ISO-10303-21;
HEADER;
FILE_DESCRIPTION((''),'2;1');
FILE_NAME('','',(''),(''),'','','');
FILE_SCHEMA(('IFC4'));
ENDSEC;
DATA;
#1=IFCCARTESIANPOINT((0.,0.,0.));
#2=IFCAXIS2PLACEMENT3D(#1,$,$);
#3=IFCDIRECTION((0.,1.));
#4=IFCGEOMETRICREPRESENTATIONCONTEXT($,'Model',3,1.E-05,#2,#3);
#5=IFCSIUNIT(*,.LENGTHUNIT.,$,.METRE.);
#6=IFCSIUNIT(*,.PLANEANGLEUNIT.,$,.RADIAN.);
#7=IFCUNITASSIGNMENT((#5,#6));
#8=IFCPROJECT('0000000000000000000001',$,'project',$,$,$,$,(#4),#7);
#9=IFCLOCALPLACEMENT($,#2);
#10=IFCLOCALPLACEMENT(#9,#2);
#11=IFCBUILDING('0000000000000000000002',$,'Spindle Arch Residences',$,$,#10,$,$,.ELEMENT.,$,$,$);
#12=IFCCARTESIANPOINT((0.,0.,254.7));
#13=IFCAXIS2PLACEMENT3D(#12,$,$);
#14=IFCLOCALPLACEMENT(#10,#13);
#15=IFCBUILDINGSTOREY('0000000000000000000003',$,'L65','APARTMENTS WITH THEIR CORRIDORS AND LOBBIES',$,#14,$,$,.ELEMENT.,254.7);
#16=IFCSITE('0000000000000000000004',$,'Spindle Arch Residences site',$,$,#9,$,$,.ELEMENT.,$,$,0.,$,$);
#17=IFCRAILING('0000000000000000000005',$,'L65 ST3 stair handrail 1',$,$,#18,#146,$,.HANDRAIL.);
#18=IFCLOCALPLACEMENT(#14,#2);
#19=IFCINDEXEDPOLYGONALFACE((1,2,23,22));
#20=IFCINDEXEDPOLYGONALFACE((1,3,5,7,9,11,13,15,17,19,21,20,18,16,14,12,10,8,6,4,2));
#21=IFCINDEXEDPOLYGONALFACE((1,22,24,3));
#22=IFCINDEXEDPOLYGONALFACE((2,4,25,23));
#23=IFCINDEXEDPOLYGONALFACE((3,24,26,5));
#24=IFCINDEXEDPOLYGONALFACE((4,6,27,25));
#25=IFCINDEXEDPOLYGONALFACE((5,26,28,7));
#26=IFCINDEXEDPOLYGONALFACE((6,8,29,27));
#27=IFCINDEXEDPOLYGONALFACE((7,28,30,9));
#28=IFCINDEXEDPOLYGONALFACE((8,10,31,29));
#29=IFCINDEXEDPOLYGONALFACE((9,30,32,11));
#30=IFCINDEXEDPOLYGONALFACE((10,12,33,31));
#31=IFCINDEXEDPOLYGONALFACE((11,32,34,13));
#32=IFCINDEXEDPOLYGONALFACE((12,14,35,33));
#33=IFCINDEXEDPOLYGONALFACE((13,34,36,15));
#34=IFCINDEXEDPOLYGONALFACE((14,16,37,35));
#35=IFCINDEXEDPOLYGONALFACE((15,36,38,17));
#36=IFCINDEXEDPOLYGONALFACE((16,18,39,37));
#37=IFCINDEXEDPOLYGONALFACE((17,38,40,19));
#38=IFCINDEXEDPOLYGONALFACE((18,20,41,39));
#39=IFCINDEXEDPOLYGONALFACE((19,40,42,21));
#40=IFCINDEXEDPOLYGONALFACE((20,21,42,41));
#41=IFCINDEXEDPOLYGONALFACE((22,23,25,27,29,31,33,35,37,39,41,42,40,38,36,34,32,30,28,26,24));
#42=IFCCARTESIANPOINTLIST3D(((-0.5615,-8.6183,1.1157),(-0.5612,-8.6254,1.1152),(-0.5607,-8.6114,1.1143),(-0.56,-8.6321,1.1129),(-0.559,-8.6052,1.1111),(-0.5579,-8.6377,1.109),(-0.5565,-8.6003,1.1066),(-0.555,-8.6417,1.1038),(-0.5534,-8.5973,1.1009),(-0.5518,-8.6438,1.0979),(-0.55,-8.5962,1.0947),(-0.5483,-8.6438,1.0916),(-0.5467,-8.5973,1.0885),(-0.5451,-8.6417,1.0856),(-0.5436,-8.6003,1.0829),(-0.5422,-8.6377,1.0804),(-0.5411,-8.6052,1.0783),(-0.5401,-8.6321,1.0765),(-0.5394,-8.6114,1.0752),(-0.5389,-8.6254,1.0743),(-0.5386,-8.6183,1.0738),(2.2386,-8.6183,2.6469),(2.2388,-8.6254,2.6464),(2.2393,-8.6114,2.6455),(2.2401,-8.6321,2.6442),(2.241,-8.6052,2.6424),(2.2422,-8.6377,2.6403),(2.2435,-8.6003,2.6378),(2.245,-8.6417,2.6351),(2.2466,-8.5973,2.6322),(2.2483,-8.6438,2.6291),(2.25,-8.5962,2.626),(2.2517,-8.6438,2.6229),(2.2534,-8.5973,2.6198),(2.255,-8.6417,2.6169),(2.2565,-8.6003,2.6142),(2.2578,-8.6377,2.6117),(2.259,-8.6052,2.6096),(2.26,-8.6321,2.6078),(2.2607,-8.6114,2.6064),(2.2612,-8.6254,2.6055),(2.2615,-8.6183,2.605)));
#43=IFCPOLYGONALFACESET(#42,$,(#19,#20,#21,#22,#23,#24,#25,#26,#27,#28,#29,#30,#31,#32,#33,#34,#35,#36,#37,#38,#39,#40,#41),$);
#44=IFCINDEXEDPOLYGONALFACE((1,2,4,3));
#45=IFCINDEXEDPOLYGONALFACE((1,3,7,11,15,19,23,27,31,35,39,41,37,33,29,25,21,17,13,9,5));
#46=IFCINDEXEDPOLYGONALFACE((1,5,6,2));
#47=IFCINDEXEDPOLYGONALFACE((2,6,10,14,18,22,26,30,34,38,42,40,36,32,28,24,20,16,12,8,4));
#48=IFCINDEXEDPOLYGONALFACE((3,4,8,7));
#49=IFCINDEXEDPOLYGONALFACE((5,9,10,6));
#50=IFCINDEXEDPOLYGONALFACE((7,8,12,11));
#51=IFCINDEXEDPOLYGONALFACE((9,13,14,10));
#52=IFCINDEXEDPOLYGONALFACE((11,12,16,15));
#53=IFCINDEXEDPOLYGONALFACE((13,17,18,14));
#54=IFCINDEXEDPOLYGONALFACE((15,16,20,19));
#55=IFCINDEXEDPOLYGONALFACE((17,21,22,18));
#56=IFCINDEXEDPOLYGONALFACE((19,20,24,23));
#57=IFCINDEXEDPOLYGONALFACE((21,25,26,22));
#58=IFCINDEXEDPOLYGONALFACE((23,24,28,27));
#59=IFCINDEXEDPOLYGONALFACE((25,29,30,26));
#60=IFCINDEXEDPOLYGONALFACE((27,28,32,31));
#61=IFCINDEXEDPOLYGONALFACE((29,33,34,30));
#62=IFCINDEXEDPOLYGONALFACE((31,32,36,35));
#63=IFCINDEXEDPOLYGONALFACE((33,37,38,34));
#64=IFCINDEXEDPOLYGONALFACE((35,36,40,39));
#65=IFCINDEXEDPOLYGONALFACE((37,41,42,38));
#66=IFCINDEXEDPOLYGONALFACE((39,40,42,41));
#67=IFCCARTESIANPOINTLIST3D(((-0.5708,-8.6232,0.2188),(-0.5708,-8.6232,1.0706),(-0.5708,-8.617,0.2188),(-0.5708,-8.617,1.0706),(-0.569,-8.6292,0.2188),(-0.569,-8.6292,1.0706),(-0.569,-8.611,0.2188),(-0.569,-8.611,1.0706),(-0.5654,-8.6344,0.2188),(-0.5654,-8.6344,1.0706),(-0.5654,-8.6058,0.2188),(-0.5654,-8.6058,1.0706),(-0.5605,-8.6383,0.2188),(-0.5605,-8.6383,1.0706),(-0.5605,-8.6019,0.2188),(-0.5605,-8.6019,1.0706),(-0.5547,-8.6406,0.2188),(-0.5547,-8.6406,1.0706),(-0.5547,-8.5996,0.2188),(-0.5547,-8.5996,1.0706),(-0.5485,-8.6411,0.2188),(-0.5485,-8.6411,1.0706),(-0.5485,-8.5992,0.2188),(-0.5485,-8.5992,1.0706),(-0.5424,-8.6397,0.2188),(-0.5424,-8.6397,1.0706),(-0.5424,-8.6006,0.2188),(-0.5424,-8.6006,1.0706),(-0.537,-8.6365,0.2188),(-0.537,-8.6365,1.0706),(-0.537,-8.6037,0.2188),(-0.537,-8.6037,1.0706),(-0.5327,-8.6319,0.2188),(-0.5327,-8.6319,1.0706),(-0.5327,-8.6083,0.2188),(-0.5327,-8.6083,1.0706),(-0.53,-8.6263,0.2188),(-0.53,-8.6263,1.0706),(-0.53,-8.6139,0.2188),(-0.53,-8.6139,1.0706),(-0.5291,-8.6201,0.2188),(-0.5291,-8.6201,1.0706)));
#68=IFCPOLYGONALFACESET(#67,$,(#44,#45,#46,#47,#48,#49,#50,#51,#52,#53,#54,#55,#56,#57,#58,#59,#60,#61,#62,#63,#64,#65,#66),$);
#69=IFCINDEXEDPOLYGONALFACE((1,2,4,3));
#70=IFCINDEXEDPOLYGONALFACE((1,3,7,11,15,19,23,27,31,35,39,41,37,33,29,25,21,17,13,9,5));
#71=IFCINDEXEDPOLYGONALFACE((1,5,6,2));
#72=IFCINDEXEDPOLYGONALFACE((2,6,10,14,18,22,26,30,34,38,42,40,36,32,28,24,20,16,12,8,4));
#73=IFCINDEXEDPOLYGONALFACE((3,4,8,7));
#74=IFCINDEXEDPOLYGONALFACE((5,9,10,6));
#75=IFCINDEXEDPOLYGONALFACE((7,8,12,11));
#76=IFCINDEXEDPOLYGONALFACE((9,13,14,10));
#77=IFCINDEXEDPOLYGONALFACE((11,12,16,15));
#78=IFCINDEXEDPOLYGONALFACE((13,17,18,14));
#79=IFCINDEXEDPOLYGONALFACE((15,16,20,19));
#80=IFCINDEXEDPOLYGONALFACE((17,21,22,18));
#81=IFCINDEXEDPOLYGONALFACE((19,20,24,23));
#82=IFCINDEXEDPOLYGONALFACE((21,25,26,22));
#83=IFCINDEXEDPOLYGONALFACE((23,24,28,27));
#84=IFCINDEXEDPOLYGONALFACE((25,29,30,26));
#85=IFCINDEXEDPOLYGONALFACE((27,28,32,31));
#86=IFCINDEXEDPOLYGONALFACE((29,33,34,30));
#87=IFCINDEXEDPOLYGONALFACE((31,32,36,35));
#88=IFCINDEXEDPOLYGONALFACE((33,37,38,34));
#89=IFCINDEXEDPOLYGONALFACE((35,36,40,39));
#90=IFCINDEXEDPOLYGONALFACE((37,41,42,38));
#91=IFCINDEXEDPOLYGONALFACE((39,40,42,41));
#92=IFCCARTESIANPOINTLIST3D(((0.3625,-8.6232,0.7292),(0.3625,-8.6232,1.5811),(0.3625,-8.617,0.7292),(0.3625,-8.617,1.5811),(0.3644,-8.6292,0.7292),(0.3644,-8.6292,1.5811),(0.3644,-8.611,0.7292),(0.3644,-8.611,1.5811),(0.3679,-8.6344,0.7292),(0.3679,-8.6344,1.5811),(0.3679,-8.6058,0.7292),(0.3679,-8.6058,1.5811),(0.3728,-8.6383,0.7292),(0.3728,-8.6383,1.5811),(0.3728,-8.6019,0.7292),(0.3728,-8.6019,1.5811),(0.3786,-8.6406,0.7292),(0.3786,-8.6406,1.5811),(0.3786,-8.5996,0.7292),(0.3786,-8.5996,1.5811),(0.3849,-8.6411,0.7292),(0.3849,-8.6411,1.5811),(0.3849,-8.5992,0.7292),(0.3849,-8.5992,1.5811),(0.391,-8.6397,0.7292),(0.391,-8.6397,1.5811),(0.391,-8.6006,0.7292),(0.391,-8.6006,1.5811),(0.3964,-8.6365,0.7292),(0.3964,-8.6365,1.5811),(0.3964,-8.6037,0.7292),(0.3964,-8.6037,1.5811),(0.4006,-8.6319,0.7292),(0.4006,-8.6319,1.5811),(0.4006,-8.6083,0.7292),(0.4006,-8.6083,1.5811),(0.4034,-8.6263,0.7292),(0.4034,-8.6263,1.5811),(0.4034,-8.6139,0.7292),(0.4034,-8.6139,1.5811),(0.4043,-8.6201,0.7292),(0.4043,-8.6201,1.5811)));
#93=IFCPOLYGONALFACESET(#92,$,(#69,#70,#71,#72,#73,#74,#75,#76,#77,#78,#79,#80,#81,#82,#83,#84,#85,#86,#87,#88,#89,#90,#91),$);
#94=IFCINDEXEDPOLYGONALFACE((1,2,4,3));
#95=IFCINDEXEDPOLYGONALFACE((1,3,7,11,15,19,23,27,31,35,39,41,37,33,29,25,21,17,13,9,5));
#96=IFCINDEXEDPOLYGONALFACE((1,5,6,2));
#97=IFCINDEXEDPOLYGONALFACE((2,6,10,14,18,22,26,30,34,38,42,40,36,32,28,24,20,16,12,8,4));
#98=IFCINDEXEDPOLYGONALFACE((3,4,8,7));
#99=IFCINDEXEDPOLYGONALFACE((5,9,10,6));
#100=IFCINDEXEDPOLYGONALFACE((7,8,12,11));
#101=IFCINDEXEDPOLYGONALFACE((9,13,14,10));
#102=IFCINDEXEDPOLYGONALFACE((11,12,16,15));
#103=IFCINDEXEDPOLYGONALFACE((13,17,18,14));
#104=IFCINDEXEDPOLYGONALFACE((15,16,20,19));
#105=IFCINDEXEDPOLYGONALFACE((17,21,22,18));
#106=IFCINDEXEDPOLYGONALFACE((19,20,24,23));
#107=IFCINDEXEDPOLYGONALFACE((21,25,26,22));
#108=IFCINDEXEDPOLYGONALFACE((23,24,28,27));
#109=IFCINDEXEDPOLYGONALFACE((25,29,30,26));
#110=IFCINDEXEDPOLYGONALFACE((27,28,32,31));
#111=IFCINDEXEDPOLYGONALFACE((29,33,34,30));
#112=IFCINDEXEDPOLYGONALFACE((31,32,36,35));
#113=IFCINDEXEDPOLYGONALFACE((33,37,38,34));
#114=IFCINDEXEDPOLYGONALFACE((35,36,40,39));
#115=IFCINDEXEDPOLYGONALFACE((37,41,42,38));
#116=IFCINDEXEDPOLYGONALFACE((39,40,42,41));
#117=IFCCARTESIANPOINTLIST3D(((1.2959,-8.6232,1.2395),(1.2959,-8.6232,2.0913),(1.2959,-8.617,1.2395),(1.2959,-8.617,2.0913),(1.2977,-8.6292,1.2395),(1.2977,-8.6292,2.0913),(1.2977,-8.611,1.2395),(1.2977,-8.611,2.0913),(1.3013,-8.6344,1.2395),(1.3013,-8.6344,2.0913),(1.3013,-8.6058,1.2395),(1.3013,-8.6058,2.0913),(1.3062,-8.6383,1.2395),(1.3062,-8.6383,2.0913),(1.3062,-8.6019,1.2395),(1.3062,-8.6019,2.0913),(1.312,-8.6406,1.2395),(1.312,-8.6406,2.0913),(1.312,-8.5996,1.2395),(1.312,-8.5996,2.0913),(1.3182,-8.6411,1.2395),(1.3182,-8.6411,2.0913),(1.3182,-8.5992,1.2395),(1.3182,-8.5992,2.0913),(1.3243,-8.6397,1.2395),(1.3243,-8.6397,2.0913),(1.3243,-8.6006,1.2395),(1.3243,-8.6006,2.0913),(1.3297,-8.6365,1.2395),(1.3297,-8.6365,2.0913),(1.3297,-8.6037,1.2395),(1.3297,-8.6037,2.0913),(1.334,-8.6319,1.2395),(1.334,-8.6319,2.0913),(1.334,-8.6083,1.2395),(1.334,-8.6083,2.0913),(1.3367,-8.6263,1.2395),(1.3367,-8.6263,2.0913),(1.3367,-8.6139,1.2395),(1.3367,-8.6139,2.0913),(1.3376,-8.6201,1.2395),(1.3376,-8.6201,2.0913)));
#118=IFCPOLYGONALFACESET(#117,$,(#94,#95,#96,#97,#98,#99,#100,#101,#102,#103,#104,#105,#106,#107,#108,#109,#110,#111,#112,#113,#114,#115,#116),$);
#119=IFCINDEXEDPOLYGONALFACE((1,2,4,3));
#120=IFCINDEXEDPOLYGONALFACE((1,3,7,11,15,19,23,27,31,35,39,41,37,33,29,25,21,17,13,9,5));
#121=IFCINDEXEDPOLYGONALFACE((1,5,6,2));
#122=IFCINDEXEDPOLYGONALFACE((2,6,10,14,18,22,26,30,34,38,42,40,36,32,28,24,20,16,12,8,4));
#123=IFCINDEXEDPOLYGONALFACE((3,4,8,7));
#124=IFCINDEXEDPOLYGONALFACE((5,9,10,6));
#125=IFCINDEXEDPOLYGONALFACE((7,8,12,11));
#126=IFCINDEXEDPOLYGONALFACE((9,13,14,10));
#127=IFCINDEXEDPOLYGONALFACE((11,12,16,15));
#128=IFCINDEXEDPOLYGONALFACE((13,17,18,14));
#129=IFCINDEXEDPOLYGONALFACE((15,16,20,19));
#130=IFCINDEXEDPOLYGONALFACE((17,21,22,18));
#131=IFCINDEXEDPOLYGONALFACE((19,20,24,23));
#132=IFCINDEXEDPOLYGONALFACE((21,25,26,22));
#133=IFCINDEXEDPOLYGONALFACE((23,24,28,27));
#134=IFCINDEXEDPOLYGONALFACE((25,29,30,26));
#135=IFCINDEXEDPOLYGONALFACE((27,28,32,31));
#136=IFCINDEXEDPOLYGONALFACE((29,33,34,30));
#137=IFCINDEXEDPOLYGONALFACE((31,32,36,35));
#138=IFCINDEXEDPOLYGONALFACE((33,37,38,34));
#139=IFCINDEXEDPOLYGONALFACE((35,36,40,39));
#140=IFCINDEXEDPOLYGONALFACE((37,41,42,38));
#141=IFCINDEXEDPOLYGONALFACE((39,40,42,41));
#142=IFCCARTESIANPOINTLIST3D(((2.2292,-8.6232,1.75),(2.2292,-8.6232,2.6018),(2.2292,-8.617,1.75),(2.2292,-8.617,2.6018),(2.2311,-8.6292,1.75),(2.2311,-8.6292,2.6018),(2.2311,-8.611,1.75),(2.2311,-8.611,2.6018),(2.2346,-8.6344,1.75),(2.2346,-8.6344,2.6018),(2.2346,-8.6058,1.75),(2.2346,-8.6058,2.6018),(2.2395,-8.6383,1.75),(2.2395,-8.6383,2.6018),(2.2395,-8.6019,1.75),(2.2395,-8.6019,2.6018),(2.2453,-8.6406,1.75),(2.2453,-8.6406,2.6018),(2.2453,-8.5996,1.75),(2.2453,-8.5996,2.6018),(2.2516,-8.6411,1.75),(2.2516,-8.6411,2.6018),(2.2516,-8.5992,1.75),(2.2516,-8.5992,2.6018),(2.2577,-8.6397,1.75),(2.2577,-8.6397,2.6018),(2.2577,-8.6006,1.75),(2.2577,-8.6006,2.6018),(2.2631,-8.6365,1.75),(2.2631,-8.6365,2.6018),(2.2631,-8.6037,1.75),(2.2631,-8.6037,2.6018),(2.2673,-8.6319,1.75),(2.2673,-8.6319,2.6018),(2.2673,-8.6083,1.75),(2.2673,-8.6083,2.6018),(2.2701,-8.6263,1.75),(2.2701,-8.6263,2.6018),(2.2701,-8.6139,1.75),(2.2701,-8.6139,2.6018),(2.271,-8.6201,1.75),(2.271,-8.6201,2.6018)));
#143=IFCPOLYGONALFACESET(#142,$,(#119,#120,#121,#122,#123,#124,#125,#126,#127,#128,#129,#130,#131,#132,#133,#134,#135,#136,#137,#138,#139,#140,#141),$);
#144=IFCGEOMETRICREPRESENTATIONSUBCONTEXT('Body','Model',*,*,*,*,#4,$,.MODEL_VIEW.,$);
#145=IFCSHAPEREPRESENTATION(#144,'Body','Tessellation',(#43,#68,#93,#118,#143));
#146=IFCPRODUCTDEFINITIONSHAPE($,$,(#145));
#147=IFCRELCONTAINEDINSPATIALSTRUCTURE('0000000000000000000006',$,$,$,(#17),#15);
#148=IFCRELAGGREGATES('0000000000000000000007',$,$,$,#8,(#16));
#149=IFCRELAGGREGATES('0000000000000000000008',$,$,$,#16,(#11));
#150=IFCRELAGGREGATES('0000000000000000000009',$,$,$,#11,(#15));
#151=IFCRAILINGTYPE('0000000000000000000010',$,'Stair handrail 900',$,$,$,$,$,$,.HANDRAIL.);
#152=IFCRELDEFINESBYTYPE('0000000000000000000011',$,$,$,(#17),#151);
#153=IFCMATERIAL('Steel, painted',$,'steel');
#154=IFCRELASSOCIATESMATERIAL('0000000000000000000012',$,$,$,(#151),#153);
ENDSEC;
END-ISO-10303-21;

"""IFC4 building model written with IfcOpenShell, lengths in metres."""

from ifc_helpers import new_model, si_unit, direction, frame, origin, origin_2d, place, context, subcontext, project, spatial, circle, extrude, material, type_object, element, save


model = new_model("IFC4")

# Units and contexts
model_context = context("Model", 3, precision=1e-05, world=origin(), true_north=direction((0.0, 1.0)))
body_context = subcontext(model_context, "Body", "Model", "MODEL_VIEW")
ifc_project = project(units=[si_unit("LENGTHUNIT", "METRE"), si_unit("PLANEANGLEUNIT", "RADIAN")], contexts=[model_context])

# Site, building, storey
site_placement = place(None, origin())
site = spatial("IfcSite", under=ifc_project, at=site_placement, Name="Spindle Arch Residences site", CompositionType="ELEMENT", RefElevation=0.0)
building_placement = place(site_placement, origin())
building = spatial("IfcBuilding", under=site, at=building_placement, Name="Spindle Arch Residences", CompositionType="ELEMENT")
storey_placement = place(building_placement, frame((0.0, 0.0, 254.7)))
storey = spatial("IfcBuildingStorey", under=building, at=storey_placement, Name="L65", Description="APARTMENTS WITH THEIR CORRIDORS AND LOBBIES", CompositionType="ELEMENT", Elevation=254.7)

# Railing
ifc_material_1 = material(Name="Steel, painted", Category="steel")
railing_type = type_object("IfcRailingType", Name="Stair handrail 900", PredefinedType="HANDRAIL", material=ifc_material_1)
railing_placement = place(storey_placement, frame((-0.55, -8.6201, 0.2188)))
element("IfcRailing", 1, at=railing_placement, inside=storey, type_object=railing_type, Name="L65 ST3 stair handrail 1", PredefinedType="HANDRAIL", context=body_context, shape_type="SweptSolid", body=[
    extrude(circle(Radius=0.0239, at=origin_2d()), frame((0.0, 0.0, 0.876), z_axis=(0.877375, 0.0, 0.479806), x_axis=(0.0, 1.0, 0.0)), (0.0, 0.0, 1.0), 3.1914),
    extrude(circle(Radius=0.021, at=origin_2d()), origin(), (0.0, 0.0, 1.0), 0.8518),
    extrude(circle(Radius=0.021, at=origin_2d()), frame((0.9333, 0.0, 0.5105)), (0.0, 0.0, 1.0), 0.8518),
    extrude(circle(Radius=0.021, at=origin_2d()), frame((1.8667, 0.0, 1.0208)), (0.0, 0.0, 1.0), 0.8518),
    extrude(circle(Radius=0.021, at=origin_2d()), frame((2.8, 0.0, 1.5312)), (0.0, 0.0, 1.0), 0.8518),
])

save(model, "model.ifc")
